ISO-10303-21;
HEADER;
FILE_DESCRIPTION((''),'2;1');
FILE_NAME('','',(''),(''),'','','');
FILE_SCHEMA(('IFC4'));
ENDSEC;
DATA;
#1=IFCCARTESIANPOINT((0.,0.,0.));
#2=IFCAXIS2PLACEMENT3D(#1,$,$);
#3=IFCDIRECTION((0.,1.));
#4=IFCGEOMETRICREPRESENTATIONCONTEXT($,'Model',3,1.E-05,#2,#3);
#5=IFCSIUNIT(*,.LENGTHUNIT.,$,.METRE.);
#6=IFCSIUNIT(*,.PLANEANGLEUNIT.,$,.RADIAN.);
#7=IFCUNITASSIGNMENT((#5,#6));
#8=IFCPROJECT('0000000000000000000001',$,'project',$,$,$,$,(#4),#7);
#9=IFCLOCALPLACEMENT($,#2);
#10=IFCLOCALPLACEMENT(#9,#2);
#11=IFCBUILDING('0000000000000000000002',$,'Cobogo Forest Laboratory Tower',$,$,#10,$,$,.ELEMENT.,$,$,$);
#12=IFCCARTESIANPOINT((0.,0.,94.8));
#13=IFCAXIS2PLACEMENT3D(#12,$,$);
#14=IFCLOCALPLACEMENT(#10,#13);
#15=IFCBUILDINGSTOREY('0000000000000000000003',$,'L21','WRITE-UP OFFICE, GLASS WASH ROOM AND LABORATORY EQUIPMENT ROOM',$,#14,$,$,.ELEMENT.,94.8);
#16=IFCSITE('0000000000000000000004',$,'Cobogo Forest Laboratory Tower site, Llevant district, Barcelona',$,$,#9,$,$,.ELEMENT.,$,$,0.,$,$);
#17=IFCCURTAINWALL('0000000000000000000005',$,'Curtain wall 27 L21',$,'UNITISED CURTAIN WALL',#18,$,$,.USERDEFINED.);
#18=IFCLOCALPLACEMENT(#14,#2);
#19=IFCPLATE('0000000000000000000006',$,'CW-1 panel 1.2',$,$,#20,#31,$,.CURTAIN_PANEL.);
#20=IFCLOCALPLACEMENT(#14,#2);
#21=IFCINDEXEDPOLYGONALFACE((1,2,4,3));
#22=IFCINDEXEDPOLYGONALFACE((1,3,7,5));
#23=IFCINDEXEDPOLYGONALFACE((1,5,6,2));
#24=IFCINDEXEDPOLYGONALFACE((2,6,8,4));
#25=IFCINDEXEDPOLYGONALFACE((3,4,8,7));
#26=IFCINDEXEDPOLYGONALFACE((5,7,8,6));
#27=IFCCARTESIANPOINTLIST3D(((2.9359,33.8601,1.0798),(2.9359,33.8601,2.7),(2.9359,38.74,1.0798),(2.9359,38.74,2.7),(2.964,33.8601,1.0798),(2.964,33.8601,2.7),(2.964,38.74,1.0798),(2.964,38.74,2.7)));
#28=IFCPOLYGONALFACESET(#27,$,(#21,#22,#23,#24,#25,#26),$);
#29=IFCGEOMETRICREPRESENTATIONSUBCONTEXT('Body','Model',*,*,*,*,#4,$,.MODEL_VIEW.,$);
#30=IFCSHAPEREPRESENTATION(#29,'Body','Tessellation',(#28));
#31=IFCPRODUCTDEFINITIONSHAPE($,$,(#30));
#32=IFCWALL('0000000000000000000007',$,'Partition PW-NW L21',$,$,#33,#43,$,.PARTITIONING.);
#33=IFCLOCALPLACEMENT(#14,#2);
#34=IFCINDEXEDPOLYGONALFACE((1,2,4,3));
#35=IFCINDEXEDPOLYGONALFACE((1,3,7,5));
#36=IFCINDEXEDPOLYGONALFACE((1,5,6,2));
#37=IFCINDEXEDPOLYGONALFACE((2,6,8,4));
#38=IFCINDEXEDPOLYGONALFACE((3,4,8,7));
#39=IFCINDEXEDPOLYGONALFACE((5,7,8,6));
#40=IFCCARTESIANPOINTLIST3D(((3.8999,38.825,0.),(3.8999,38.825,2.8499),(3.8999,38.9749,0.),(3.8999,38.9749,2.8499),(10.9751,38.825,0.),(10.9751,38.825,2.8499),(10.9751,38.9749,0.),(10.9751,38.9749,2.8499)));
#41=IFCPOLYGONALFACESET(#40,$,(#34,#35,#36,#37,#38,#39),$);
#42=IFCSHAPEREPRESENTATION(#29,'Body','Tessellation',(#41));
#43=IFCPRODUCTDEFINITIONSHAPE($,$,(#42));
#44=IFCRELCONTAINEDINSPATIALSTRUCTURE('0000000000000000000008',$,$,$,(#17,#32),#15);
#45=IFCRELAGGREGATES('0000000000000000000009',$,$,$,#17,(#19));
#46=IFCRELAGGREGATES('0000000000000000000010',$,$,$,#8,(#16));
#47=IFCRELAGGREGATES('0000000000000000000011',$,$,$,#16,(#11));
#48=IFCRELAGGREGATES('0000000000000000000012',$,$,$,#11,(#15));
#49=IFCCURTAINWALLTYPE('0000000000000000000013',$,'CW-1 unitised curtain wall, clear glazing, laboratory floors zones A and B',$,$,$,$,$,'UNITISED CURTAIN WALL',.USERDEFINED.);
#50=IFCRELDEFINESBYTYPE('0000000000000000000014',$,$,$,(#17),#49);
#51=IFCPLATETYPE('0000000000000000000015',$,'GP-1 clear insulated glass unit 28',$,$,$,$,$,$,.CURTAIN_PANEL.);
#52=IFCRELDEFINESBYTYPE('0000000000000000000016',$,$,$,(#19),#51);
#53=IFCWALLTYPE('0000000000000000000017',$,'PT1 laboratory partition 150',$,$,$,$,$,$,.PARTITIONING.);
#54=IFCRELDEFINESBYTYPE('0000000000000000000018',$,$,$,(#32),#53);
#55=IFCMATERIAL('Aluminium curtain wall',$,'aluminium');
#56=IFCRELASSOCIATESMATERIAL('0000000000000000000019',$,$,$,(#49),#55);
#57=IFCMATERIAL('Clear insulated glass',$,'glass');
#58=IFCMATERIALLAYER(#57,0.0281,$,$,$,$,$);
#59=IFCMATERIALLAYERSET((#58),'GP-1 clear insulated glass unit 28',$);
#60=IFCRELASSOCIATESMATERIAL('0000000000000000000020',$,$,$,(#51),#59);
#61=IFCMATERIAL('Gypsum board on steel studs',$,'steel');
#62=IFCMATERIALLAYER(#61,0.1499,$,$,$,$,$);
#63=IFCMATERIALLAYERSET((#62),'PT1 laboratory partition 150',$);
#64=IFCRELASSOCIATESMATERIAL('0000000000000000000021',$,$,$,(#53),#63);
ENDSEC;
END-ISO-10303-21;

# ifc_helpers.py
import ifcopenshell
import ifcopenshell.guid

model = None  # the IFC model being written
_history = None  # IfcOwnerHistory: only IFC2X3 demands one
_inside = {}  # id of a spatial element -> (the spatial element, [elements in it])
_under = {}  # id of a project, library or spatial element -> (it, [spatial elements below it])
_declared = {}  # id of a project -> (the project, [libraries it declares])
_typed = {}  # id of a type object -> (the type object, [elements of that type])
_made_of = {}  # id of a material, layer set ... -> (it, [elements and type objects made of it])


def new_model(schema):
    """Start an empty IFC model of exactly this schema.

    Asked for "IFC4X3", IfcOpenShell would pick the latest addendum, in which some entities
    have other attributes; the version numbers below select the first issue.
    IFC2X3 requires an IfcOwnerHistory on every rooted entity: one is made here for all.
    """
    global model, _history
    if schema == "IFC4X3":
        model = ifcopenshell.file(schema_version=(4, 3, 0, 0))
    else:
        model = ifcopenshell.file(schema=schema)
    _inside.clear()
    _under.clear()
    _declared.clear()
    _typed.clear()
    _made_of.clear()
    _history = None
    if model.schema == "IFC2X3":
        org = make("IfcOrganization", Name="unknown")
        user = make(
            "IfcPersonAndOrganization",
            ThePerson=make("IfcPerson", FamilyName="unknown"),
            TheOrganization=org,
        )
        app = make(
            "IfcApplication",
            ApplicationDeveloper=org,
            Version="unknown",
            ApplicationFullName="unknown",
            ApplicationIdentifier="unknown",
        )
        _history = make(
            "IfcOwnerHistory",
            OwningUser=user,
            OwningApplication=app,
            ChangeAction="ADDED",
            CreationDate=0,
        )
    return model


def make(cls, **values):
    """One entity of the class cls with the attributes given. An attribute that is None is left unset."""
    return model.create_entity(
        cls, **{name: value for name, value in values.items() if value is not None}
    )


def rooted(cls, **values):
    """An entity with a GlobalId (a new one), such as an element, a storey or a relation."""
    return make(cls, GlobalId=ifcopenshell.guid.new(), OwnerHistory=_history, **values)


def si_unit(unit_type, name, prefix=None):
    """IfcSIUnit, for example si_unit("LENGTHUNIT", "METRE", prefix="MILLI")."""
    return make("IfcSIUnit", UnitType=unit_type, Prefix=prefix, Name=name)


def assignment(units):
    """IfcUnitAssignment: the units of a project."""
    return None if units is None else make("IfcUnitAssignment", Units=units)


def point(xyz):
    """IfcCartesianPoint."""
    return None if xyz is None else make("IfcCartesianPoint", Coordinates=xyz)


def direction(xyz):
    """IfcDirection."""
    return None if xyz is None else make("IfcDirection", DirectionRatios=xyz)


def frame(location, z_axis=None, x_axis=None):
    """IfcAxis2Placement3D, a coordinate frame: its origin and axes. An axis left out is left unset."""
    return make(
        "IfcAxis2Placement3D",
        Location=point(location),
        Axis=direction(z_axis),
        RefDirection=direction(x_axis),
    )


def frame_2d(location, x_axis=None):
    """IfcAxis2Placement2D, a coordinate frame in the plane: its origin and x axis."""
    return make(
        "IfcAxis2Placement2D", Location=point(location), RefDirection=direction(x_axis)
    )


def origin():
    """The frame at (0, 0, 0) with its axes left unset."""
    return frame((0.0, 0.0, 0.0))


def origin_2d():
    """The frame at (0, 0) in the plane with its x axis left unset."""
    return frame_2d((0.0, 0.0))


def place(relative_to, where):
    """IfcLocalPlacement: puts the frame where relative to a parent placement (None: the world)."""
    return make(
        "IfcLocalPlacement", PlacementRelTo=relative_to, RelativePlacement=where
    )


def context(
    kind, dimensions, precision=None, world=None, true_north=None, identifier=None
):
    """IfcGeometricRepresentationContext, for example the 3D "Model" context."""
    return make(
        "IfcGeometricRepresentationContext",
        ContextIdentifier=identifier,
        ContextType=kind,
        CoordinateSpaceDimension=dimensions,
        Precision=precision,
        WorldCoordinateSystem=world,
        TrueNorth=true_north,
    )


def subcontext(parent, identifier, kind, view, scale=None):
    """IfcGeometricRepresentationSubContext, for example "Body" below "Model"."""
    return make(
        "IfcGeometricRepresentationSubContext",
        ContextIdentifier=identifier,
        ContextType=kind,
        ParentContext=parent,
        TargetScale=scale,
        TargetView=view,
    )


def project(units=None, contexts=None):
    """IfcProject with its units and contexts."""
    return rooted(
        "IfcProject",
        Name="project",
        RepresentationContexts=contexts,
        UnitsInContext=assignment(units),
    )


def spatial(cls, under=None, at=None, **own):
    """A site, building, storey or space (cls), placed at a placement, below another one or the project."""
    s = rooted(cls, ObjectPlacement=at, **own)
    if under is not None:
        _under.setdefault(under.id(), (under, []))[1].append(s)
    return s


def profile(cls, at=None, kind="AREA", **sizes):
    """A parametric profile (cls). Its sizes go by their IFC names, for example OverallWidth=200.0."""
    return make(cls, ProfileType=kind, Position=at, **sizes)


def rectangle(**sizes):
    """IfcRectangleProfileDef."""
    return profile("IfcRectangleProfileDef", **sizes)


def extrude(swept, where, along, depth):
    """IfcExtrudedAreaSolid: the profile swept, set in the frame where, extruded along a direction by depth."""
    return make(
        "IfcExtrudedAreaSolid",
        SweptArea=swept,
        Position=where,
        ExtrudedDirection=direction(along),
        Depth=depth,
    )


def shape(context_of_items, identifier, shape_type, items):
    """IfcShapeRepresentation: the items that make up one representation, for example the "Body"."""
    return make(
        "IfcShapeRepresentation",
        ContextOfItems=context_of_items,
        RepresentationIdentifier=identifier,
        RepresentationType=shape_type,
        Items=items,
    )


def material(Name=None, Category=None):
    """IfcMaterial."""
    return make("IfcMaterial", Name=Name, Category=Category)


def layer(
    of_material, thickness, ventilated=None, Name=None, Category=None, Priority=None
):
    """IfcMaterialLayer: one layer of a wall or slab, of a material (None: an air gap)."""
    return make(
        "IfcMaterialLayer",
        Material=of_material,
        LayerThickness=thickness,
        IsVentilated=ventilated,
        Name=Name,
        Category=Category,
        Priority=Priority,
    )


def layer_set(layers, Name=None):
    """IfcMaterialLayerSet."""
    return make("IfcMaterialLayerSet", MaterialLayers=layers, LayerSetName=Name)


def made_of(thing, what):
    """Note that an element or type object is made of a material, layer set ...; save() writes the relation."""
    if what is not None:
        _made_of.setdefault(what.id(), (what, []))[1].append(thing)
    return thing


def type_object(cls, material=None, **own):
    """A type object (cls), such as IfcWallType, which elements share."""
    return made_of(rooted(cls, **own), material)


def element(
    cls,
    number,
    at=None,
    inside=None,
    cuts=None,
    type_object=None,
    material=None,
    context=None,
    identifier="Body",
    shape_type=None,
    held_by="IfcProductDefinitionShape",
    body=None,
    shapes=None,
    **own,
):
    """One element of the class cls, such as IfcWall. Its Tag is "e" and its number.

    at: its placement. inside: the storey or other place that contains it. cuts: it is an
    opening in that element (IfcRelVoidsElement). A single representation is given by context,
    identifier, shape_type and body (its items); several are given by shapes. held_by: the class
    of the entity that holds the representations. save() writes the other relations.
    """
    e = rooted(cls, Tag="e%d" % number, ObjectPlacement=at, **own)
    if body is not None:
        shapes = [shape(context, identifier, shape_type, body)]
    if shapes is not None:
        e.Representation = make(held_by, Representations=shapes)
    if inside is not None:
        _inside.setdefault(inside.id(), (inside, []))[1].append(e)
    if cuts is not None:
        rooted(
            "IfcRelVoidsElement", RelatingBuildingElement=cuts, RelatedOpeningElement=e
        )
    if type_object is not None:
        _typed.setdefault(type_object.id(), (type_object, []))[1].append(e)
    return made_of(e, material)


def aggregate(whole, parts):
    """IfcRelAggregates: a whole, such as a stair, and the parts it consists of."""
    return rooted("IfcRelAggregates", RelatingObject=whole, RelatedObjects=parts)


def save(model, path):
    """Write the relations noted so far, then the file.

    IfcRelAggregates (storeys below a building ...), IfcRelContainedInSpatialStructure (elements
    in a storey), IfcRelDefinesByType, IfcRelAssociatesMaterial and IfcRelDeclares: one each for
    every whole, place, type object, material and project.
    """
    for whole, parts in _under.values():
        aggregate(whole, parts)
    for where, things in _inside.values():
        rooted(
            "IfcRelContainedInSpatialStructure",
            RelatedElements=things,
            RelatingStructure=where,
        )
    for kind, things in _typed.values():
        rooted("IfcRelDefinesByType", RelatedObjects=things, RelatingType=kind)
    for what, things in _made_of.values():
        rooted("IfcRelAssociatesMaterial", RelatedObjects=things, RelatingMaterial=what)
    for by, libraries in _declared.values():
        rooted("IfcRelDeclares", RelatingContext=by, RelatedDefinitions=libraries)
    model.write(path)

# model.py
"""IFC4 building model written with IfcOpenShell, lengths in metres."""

from ifc_helpers import new_model, si_unit, direction, frame, frame_2d, origin, origin_2d, place, context, subcontext, project, spatial, rectangle, extrude, material, layer, layer_set, type_object, element, aggregate, save


model = new_model("IFC4")

# Units and contexts
model_context = context("Model", 3, precision=1e-05, world=origin(), true_north=direction((0.0, 1.0)))
body_context = subcontext(model_context, "Body", "Model", "MODEL_VIEW")
ifc_project = project(units=[si_unit("LENGTHUNIT", "METRE"), si_unit("PLANEANGLEUNIT", "RADIAN")], contexts=[model_context])

# Site, building, storey
site_placement = place(None, origin())
site = spatial("IfcSite", under=ifc_project, at=site_placement, Name="Cobogo Forest Laboratory Tower site, Llevant district, Barcelona", CompositionType="ELEMENT", RefElevation=0.0)
building_placement = place(site_placement, origin())
building = spatial("IfcBuilding", under=site, at=building_placement, Name="Cobogo Forest Laboratory Tower", CompositionType="ELEMENT")
storey_placement = place(building_placement, frame((0.0, 0.0, 94.8)))
storey = spatial("IfcBuildingStorey", under=building, at=storey_placement, Name="L21", Description="WRITE-UP OFFICE, GLASS WASH ROOM AND LABORATORY EQUIPMENT ROOM", CompositionType="ELEMENT", Elevation=94.8)

# Shared definitions
ifc_material_1 = material(Name="Aluminium curtain wall", Category="aluminium")
curtain_wall_type = type_object("IfcCurtainWallType", Name="CW-1 unitised curtain wall, clear glazing, laboratory floors zones A and B", ElementType="UNITISED CURTAIN WALL", PredefinedType="USERDEFINED", material=ifc_material_1)

# Curtain wall
curtain_wall_1_placement = place(storey_placement, origin())
curtain_wall_1 = element("IfcCurtainWall", 1, at=curtain_wall_1_placement, inside=storey, type_object=curtain_wall_type, Name="Curtain wall 27 L21", ObjectType="UNITISED CURTAIN WALL", PredefinedType="USERDEFINED")

# Plate
ifc_material_2 = material(Name="Clear insulated glass", Category="glass")
ifc_layer_1 = layer(ifc_material_2, 0.0281)
ifc_layer_set_1 = layer_set([ifc_layer_1], Name="GP-1 clear insulated glass unit 28")
plate_type_1 = type_object("IfcPlateType", Name="GP-1 clear insulated glass unit 28", PredefinedType="CURTAIN_PANEL", material=ifc_layer_set_1)
plate_1_placement = place(storey_placement, frame((2.95, 36.3, 1.0798), z_axis=(0.0, 0.0, 1.0), x_axis=(0.0, -1.0, 0.0)))
plate_1 = element("IfcPlate", 2, at=plate_1_placement, type_object=plate_type_1, Name="CW-1 panel 1.2", PredefinedType="CURTAIN_PANEL", context=body_context, shape_type="SweptSolid", body=[
    extrude(rectangle(XDim=4.8799, YDim=0.0281, at=origin_2d()), origin(), (0.0, 0.0, 1.0), 1.6201),
])
aggregate(curtain_wall_1, [plate_1])

# Wall
ifc_material_3 = material(Name="Gypsum board on steel studs", Category="steel")
ifc_layer_2 = layer(ifc_material_3, 0.1499)
ifc_layer_set_2 = layer_set([ifc_layer_2], Name="PT1 laboratory partition 150")
wall_type = type_object("IfcWallType", Name="PT1 laboratory partition 150", PredefinedType="PARTITIONING", material=ifc_layer_set_2)
wall_placement = place(storey_placement, frame((3.8999, 38.8999, 0.0), z_axis=(0.0, 0.0, 1.0), x_axis=(1.0, 0.0, 0.0)))
element("IfcWall", 3, at=wall_placement, inside=storey, type_object=wall_type, Name="Partition PW-NW L21", PredefinedType="PARTITIONING", context=body_context, shape_type="SweptSolid", body=[
    extrude(rectangle(XDim=7.0752, YDim=0.1499, at=frame_2d((3.5376, 0.0))), origin(), (0.0, 0.0, 1.0), 2.8499),
])

save(model, "model.ifc")
